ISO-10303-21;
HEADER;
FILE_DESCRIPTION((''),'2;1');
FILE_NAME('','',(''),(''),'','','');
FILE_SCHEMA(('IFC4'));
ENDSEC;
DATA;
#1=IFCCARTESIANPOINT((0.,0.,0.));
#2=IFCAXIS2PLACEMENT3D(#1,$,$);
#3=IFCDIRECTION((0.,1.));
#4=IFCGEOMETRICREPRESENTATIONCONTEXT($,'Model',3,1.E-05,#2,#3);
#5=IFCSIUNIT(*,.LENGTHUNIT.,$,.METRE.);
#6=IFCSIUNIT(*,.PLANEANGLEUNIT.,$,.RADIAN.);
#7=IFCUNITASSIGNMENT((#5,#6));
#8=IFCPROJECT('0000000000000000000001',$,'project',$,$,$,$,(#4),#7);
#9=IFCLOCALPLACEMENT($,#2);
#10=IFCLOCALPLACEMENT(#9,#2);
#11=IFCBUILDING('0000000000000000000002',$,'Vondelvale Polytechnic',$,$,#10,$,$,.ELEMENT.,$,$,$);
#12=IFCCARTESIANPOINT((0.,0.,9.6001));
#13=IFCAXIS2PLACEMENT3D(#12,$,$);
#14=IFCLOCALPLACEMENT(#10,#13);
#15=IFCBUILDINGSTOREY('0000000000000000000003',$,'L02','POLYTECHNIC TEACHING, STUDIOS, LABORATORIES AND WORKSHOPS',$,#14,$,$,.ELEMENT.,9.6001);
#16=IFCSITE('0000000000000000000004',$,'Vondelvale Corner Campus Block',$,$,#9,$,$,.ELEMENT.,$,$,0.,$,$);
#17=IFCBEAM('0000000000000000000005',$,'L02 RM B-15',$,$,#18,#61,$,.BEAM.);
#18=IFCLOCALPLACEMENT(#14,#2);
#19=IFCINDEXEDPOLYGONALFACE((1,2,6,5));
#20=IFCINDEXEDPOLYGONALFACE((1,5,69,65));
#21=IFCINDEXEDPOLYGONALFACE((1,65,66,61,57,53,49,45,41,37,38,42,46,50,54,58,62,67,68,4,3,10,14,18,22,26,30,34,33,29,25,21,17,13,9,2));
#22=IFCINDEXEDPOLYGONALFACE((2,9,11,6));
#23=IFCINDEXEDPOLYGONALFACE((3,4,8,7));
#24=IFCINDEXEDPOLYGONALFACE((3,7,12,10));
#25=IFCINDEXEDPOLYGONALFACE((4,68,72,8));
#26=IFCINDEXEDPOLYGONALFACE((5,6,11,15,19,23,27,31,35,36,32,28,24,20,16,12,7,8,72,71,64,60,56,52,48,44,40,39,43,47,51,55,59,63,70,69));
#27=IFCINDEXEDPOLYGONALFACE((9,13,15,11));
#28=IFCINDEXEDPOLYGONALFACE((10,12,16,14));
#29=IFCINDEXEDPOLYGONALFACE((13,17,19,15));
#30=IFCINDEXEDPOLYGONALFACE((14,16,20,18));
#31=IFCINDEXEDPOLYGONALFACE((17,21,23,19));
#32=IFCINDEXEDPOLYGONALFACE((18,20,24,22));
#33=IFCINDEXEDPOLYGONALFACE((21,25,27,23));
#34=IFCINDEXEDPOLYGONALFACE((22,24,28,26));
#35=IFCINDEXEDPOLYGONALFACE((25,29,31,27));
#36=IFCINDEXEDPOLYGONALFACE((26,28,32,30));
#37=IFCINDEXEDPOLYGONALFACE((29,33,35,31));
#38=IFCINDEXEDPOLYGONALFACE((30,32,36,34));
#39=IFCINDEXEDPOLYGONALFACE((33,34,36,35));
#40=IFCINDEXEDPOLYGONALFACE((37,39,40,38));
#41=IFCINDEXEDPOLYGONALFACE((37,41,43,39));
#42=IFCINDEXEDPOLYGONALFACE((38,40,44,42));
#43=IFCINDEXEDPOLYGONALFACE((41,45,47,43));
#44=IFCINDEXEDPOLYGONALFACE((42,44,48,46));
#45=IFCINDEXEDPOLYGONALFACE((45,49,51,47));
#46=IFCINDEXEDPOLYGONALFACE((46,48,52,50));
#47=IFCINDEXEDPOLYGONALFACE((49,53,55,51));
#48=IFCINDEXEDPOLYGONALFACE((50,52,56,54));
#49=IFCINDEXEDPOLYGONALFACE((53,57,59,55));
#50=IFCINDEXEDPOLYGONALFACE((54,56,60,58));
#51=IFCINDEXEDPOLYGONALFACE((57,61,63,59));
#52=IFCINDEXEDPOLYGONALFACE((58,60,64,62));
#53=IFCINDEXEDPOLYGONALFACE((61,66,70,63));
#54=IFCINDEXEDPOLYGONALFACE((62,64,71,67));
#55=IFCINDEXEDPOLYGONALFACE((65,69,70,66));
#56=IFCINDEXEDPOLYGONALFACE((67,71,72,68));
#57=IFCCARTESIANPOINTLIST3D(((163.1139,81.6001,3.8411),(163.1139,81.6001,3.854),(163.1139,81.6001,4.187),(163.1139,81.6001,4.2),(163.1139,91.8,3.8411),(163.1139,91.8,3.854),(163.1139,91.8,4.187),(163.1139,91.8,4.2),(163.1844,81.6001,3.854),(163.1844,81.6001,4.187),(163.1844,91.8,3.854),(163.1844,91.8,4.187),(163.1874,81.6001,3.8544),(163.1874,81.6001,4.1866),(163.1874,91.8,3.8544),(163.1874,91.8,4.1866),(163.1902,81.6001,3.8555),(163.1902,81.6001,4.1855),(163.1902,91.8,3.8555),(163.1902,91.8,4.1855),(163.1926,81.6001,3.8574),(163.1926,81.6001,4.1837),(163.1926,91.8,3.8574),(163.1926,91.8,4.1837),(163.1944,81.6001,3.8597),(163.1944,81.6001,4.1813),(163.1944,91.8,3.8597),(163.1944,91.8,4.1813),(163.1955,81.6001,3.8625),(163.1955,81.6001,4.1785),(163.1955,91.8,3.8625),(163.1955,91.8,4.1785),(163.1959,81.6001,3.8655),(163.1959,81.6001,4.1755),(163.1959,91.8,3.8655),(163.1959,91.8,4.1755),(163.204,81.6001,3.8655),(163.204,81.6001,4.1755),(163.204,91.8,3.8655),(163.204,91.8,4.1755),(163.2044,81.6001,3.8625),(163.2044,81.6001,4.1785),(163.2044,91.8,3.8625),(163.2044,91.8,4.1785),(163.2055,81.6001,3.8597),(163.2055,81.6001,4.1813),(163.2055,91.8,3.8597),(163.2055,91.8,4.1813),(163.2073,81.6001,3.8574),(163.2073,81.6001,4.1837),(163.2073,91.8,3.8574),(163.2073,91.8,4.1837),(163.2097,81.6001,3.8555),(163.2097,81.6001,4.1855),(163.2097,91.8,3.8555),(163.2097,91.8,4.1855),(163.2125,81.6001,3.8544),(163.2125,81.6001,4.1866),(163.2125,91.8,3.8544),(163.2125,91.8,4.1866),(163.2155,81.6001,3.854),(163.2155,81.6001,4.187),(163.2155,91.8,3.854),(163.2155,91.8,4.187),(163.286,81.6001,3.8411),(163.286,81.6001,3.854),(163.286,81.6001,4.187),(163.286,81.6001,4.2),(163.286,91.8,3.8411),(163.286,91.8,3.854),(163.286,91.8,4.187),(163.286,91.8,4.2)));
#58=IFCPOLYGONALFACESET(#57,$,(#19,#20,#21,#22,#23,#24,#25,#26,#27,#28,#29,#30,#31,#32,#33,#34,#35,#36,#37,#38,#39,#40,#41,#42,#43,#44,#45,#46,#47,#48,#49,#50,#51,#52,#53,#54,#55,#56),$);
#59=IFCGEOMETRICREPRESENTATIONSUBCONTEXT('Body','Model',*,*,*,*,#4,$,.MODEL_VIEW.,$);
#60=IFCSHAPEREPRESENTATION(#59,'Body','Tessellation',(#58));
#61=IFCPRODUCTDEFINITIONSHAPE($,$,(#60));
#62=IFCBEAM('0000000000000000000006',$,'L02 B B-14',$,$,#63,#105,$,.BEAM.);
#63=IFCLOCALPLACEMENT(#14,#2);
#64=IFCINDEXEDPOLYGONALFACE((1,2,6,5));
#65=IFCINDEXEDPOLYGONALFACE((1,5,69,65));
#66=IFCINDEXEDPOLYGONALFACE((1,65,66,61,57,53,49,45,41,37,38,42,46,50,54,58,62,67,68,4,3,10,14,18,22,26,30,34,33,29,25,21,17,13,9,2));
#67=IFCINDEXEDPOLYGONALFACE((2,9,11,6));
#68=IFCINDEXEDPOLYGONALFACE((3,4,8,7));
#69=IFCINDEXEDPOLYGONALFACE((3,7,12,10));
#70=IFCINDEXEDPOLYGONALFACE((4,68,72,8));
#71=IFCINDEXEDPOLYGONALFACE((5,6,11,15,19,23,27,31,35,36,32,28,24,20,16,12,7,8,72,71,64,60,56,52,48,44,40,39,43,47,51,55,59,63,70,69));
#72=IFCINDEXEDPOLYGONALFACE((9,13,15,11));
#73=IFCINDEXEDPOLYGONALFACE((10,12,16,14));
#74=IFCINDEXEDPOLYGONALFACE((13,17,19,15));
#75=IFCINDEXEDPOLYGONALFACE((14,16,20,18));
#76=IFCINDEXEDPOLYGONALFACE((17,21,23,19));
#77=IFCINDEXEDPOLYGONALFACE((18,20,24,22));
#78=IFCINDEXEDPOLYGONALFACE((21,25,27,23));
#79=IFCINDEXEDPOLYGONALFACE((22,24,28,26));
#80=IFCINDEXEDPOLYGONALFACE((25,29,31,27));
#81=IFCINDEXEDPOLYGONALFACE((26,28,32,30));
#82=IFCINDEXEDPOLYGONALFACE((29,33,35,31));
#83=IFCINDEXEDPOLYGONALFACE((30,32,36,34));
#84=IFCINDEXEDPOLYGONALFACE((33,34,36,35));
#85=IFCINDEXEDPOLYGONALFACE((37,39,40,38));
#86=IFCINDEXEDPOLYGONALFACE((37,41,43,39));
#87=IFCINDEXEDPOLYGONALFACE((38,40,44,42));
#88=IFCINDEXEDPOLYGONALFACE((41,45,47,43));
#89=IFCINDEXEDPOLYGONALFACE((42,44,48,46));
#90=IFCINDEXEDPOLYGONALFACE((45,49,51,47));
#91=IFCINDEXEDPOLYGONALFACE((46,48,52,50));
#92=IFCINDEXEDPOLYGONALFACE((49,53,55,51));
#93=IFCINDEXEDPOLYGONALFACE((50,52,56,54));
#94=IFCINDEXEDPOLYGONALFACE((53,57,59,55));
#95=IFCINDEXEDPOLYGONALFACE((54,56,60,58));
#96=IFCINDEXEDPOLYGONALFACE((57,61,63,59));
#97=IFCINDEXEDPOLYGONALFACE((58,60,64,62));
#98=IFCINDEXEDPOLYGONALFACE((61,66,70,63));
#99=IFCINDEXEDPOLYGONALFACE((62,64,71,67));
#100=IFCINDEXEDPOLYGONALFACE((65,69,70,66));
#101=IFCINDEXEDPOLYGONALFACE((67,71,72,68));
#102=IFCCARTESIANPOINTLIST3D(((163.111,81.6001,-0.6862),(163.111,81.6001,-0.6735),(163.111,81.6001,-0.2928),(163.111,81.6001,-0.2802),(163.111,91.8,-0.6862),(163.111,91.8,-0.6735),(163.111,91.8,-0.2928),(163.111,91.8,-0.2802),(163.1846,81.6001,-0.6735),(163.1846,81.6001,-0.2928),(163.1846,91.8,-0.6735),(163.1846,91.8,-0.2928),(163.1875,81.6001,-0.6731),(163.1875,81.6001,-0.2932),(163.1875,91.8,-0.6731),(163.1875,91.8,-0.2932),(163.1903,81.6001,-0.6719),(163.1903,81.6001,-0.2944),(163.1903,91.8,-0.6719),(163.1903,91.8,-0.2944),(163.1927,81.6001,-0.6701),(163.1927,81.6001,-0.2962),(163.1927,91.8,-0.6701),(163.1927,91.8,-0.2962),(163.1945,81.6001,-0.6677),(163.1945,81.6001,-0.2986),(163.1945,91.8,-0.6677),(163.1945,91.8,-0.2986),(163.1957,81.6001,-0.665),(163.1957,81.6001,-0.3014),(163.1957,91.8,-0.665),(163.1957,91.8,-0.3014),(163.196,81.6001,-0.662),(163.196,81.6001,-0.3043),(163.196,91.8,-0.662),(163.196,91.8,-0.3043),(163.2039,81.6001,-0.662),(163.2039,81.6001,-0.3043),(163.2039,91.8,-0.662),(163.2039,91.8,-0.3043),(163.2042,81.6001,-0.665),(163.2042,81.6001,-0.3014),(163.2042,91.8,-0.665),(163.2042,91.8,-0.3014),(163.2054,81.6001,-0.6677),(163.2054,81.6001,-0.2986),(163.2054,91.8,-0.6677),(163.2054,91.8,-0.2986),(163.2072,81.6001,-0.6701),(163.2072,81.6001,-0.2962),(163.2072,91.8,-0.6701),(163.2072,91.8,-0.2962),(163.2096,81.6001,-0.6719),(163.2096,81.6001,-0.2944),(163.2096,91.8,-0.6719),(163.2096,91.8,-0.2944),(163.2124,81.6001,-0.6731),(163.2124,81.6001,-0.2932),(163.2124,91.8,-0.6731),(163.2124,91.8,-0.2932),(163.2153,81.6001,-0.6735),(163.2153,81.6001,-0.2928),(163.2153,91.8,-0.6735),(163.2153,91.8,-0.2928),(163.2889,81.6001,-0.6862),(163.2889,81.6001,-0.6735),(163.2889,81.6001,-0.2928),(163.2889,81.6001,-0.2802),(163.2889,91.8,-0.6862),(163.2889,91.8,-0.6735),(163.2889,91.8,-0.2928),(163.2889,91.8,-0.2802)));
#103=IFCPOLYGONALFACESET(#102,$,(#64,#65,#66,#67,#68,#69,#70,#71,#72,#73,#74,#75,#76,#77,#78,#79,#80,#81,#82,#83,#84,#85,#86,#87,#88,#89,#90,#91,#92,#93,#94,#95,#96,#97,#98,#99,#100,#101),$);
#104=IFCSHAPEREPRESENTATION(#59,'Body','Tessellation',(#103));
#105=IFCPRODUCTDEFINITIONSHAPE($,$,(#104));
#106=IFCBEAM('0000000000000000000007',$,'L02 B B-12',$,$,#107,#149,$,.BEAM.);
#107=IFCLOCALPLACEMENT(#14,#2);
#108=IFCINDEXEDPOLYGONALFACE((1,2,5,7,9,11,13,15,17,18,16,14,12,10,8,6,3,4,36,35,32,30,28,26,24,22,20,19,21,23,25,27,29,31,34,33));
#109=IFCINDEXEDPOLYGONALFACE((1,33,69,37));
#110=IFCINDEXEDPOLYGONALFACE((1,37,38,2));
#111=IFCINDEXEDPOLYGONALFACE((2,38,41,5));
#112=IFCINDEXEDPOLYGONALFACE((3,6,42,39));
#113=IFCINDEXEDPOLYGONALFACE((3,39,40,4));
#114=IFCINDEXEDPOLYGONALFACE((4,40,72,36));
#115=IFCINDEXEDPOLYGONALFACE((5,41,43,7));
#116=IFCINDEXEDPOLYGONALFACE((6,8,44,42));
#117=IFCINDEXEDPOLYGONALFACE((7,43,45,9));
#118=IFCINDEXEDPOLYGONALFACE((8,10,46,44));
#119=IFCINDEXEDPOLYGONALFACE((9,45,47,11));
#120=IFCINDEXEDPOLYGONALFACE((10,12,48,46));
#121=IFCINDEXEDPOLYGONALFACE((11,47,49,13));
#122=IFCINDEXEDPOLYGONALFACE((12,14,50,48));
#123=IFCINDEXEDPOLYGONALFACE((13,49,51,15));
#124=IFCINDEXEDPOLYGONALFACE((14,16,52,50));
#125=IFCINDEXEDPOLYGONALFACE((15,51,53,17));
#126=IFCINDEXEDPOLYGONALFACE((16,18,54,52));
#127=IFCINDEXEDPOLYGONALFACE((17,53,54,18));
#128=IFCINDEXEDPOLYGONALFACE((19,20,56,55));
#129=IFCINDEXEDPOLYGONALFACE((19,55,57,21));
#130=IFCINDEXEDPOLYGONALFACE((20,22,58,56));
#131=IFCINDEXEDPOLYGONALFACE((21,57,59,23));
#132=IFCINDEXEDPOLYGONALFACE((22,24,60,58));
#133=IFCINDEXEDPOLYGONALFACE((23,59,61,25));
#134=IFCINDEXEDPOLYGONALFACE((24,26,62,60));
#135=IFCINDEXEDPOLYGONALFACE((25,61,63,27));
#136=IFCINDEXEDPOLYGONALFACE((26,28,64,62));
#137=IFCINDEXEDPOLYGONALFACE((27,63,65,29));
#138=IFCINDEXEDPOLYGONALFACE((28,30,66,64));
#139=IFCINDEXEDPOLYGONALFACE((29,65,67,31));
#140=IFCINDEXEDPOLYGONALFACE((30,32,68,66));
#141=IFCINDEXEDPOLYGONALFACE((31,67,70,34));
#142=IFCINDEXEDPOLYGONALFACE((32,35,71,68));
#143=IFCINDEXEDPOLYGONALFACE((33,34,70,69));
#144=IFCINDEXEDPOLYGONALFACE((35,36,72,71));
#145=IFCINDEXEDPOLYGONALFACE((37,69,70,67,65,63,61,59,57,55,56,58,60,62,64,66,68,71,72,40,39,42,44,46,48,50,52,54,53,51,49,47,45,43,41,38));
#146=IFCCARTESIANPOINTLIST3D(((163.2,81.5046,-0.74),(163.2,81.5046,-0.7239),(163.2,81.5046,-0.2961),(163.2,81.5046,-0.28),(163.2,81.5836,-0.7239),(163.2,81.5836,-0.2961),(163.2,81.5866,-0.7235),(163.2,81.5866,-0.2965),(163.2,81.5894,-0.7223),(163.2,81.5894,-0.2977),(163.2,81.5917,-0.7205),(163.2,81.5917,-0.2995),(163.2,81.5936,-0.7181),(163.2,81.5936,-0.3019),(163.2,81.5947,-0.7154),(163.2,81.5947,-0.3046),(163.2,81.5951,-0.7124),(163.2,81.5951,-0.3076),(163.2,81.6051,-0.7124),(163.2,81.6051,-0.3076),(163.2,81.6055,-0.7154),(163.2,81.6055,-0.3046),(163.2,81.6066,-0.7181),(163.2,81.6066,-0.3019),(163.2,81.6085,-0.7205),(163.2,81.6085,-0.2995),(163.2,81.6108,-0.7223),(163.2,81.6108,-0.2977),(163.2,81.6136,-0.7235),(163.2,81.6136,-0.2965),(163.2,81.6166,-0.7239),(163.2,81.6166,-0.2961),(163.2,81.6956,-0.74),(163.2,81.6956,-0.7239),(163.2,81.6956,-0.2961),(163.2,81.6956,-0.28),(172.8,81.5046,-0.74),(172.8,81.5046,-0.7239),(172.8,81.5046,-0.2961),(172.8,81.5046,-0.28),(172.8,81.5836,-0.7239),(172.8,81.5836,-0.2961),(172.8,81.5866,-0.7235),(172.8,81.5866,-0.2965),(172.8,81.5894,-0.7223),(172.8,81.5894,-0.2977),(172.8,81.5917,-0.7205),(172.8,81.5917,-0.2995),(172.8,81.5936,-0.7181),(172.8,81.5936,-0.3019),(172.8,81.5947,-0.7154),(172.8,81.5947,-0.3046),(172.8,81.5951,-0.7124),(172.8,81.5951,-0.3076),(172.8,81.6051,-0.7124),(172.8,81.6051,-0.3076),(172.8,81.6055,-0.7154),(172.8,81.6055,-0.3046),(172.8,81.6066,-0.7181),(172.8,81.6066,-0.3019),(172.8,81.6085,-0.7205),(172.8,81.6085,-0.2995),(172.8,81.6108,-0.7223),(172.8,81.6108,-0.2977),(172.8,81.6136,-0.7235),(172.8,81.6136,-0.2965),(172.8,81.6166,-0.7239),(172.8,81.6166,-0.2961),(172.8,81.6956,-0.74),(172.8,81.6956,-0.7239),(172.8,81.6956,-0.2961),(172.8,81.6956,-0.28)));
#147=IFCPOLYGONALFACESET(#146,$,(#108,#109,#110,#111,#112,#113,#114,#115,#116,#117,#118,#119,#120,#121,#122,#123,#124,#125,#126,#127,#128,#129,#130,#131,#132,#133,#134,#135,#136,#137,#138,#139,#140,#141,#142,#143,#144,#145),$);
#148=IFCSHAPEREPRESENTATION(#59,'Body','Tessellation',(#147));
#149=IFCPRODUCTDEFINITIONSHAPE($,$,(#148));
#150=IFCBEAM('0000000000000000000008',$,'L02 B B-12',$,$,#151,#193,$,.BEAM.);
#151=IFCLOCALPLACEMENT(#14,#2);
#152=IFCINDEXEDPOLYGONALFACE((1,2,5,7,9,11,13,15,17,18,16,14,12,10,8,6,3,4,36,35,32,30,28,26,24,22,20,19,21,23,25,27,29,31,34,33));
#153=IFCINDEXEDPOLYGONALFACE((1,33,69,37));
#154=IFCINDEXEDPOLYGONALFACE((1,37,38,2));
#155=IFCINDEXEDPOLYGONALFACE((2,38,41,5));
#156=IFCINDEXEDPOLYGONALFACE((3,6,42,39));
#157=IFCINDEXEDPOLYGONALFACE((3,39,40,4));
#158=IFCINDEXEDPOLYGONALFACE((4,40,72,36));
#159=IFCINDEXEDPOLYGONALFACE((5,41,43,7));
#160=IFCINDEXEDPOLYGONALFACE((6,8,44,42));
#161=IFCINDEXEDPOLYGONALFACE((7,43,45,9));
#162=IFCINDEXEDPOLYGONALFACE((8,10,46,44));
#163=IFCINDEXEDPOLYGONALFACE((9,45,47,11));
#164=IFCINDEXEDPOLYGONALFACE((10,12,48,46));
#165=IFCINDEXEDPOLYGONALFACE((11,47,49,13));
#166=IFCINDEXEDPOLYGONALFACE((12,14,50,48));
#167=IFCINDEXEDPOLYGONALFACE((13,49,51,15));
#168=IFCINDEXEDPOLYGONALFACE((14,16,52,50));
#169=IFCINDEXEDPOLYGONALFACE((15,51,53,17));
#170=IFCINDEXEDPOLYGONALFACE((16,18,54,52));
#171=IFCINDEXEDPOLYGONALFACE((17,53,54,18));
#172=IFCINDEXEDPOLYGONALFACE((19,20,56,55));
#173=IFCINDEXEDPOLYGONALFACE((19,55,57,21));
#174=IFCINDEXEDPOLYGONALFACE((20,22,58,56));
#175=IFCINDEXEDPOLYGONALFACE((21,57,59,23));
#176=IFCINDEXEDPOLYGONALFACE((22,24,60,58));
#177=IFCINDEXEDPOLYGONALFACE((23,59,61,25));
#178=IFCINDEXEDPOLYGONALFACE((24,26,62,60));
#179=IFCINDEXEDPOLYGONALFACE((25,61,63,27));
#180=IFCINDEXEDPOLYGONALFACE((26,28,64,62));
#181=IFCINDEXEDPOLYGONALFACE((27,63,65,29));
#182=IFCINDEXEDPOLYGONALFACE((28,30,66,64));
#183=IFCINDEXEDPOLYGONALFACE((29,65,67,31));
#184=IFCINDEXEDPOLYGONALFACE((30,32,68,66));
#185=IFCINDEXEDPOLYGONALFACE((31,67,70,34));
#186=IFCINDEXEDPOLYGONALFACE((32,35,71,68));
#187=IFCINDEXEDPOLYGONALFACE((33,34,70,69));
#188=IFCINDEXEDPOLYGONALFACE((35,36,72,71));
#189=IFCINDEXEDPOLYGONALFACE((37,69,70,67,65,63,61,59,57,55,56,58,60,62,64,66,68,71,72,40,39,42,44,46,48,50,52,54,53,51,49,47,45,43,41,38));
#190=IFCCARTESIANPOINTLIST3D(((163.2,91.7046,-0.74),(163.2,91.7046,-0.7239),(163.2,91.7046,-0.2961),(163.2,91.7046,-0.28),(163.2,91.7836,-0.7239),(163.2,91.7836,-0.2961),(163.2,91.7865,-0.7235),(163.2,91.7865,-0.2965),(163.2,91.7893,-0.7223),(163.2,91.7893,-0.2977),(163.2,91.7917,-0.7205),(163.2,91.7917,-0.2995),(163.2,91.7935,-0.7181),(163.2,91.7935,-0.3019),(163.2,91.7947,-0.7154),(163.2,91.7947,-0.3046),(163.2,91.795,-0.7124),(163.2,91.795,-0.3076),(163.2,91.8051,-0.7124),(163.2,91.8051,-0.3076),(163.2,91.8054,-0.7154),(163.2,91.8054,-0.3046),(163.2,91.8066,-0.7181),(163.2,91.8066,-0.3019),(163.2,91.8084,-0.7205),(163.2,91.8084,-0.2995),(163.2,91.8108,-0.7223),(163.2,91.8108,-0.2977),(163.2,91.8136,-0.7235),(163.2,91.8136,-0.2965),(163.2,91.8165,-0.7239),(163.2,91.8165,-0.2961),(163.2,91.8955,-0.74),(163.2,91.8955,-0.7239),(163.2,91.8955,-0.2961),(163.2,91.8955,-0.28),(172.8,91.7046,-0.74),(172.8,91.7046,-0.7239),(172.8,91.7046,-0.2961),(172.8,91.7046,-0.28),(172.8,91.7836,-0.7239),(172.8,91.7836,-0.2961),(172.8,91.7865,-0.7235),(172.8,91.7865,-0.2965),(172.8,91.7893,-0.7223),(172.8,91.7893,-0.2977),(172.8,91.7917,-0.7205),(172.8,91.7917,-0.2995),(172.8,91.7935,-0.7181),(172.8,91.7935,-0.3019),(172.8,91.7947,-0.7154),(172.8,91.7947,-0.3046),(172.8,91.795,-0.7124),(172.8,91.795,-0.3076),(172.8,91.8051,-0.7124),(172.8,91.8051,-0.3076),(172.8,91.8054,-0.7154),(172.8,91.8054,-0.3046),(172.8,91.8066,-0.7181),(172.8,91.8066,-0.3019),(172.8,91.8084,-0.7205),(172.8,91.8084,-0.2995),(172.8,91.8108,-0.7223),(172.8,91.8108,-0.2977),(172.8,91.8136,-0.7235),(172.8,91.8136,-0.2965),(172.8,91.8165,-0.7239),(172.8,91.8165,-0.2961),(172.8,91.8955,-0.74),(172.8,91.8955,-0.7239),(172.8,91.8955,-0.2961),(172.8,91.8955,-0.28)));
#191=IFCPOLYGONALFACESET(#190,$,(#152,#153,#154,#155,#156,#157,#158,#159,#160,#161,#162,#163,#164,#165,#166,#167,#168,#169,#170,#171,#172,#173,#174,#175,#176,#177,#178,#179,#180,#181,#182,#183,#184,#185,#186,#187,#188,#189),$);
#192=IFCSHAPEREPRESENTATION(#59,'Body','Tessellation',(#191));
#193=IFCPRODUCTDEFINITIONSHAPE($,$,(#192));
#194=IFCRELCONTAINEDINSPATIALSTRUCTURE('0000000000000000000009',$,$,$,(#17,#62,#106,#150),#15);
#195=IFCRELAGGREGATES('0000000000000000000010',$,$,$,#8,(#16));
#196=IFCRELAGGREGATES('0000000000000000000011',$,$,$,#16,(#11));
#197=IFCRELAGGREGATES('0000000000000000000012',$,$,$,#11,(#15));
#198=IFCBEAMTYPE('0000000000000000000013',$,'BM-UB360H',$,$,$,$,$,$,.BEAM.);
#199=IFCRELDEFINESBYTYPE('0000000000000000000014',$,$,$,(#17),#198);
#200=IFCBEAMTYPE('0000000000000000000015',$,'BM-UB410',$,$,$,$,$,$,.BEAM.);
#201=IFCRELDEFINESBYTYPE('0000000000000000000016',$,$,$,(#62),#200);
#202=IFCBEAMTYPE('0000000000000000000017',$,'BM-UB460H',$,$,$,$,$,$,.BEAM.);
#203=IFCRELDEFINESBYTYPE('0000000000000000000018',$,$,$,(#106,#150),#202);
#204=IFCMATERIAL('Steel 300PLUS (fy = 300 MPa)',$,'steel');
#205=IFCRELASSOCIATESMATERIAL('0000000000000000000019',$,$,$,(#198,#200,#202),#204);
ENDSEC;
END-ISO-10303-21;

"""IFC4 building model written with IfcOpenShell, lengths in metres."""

from ifc_helpers import new_model, si_unit, direction, frame, origin, origin_2d, place, context, subcontext, project, spatial, i_section, extrude, material, material_profile, profile_set, type_object, element, save


model = new_model("IFC4")

# Units and contexts
model_context = context("Model", 3, precision=1e-05, world=origin(), true_north=direction((0.0, 1.0)))
body_context = subcontext(model_context, "Body", "Model", "MODEL_VIEW")
ifc_project = project(units=[si_unit("LENGTHUNIT", "METRE"), si_unit("PLANEANGLEUNIT", "RADIAN")], contexts=[model_context])

# Site, building, storey
site_placement = place(None, origin())
site = spatial("IfcSite", under=ifc_project, at=site_placement, Name="Vondelvale Corner Campus Block", CompositionType="ELEMENT", RefElevation=0.0)
building_placement = place(site_placement, origin())
building = spatial("IfcBuilding", under=site, at=building_placement, Name="Vondelvale Polytechnic", CompositionType="ELEMENT")
storey_placement = place(building_placement, frame((0.0, 0.0, 9.6001)))
storey = spatial("IfcBuildingStorey", under=building, at=storey_placement, Name="L02", Description="POLYTECHNIC TEACHING, STUDIOS, LABORATORIES AND WORKSHOPS", CompositionType="ELEMENT", Elevation=9.6001)

# Shared definitions
ifc_material_1 = material(Name="Steel 300PLUS (fy = 300 MPa)", Category="steel")

# Beams
ifc_material_profile_1 = material_profile(ifc_material_1, i_section(OverallWidth=0.1721, OverallDepth=0.3589, WebThickness=0.0081, FlangeThickness=0.0129, FilletRadius=0.0115, at=origin_2d()), Name="360UB56.7")
ifc_profile_set_1 = profile_set([ifc_material_profile_1], Name="Steel 300PLUS (fy = 300 MPa)")
beam_type_1 = type_object("IfcBeamType", Name="BM-UB360H", PredefinedType="BEAM", material=ifc_profile_set_1)
beam_1_placement = place(storey_placement, frame((163.2, 81.6001, 4.0205), z_axis=(0.0, 1.0, 0.0), x_axis=(-1.0, 0.0, 0.0)))
element("IfcBeam", 1, at=beam_1_placement, inside=storey, type_object=beam_type_1, Name="L02 RM B-15", PredefinedType="BEAM", context=body_context, shape_type="SweptSolid", body=[
    extrude(i_section(OverallWidth=0.1721, OverallDepth=0.3589, WebThickness=0.0081, FlangeThickness=0.0129, FilletRadius=0.0115, at=origin_2d()), origin(), (0.0, 0.0, 1.0), 10.2),
])
ifc_material_profile_2 = material_profile(ifc_material_1, i_section(OverallWidth=0.178, OverallDepth=0.406, WebThickness=0.0078, FlangeThickness=0.0127, FilletRadius=0.0115, at=origin_2d()), Name="410UB59.7")
ifc_profile_set_2 = profile_set([ifc_material_profile_2], Name="Steel 300PLUS (fy = 300 MPa)")
beam_type_2 = type_object("IfcBeamType", Name="BM-UB410", PredefinedType="BEAM", material=ifc_profile_set_2)
beam_2_placement = place(storey_placement, frame((163.2, 81.6001, -0.4832), z_axis=(0.0, 1.0, 0.0), x_axis=(-1.0, 0.0, 0.0)))
element("IfcBeam", 2, at=beam_2_placement, inside=storey, type_object=beam_type_2, Name="L02 B B-14", PredefinedType="BEAM", context=body_context, shape_type="SweptSolid", body=[
    extrude(i_section(OverallWidth=0.178, OverallDepth=0.406, WebThickness=0.0078, FlangeThickness=0.0127, FilletRadius=0.0115, at=origin_2d()), origin(), (0.0, 0.0, 1.0), 10.2),
])
ifc_material_profile_3 = material_profile(ifc_material_1, i_section(OverallWidth=0.1909, OverallDepth=0.46, WebThickness=0.01, FlangeThickness=0.0161, FilletRadius=0.0115, at=origin_2d()), Name="460UB82.1")
ifc_profile_set_3 = profile_set([ifc_material_profile_3], Name="Steel 300PLUS (fy = 300 MPa)")
beam_type_3 = type_object("IfcBeamType", Name="BM-UB460H", PredefinedType="BEAM", material=ifc_profile_set_3)
for number, where, z_axis, x_axis, name in (
    (3, (163.2, 81.6001, -0.51), (1.0, 0.0, 0.0), (0.0, 1.0, 0.0), "L02 B B-12"),
    (4, (163.2, 91.8, -0.51), (1.0, 0.0, 0.0), (0.0, 1.0, 0.0), "L02 B B-12"),
):
    element("IfcBeam", number, at=place(storey_placement, frame(where, z_axis=z_axis, x_axis=x_axis)), inside=storey, type_object=beam_type_3, Name=name, PredefinedType="BEAM", context=body_context, shape_type="SweptSolid", body=[
        extrude(i_section(OverallWidth=0.1909, OverallDepth=0.46, WebThickness=0.01, FlangeThickness=0.0161, FilletRadius=0.0115, at=origin_2d()), origin(), (0.0, 0.0, 1.0), 9.6001),
    ])

save(model, "model.ifc")
